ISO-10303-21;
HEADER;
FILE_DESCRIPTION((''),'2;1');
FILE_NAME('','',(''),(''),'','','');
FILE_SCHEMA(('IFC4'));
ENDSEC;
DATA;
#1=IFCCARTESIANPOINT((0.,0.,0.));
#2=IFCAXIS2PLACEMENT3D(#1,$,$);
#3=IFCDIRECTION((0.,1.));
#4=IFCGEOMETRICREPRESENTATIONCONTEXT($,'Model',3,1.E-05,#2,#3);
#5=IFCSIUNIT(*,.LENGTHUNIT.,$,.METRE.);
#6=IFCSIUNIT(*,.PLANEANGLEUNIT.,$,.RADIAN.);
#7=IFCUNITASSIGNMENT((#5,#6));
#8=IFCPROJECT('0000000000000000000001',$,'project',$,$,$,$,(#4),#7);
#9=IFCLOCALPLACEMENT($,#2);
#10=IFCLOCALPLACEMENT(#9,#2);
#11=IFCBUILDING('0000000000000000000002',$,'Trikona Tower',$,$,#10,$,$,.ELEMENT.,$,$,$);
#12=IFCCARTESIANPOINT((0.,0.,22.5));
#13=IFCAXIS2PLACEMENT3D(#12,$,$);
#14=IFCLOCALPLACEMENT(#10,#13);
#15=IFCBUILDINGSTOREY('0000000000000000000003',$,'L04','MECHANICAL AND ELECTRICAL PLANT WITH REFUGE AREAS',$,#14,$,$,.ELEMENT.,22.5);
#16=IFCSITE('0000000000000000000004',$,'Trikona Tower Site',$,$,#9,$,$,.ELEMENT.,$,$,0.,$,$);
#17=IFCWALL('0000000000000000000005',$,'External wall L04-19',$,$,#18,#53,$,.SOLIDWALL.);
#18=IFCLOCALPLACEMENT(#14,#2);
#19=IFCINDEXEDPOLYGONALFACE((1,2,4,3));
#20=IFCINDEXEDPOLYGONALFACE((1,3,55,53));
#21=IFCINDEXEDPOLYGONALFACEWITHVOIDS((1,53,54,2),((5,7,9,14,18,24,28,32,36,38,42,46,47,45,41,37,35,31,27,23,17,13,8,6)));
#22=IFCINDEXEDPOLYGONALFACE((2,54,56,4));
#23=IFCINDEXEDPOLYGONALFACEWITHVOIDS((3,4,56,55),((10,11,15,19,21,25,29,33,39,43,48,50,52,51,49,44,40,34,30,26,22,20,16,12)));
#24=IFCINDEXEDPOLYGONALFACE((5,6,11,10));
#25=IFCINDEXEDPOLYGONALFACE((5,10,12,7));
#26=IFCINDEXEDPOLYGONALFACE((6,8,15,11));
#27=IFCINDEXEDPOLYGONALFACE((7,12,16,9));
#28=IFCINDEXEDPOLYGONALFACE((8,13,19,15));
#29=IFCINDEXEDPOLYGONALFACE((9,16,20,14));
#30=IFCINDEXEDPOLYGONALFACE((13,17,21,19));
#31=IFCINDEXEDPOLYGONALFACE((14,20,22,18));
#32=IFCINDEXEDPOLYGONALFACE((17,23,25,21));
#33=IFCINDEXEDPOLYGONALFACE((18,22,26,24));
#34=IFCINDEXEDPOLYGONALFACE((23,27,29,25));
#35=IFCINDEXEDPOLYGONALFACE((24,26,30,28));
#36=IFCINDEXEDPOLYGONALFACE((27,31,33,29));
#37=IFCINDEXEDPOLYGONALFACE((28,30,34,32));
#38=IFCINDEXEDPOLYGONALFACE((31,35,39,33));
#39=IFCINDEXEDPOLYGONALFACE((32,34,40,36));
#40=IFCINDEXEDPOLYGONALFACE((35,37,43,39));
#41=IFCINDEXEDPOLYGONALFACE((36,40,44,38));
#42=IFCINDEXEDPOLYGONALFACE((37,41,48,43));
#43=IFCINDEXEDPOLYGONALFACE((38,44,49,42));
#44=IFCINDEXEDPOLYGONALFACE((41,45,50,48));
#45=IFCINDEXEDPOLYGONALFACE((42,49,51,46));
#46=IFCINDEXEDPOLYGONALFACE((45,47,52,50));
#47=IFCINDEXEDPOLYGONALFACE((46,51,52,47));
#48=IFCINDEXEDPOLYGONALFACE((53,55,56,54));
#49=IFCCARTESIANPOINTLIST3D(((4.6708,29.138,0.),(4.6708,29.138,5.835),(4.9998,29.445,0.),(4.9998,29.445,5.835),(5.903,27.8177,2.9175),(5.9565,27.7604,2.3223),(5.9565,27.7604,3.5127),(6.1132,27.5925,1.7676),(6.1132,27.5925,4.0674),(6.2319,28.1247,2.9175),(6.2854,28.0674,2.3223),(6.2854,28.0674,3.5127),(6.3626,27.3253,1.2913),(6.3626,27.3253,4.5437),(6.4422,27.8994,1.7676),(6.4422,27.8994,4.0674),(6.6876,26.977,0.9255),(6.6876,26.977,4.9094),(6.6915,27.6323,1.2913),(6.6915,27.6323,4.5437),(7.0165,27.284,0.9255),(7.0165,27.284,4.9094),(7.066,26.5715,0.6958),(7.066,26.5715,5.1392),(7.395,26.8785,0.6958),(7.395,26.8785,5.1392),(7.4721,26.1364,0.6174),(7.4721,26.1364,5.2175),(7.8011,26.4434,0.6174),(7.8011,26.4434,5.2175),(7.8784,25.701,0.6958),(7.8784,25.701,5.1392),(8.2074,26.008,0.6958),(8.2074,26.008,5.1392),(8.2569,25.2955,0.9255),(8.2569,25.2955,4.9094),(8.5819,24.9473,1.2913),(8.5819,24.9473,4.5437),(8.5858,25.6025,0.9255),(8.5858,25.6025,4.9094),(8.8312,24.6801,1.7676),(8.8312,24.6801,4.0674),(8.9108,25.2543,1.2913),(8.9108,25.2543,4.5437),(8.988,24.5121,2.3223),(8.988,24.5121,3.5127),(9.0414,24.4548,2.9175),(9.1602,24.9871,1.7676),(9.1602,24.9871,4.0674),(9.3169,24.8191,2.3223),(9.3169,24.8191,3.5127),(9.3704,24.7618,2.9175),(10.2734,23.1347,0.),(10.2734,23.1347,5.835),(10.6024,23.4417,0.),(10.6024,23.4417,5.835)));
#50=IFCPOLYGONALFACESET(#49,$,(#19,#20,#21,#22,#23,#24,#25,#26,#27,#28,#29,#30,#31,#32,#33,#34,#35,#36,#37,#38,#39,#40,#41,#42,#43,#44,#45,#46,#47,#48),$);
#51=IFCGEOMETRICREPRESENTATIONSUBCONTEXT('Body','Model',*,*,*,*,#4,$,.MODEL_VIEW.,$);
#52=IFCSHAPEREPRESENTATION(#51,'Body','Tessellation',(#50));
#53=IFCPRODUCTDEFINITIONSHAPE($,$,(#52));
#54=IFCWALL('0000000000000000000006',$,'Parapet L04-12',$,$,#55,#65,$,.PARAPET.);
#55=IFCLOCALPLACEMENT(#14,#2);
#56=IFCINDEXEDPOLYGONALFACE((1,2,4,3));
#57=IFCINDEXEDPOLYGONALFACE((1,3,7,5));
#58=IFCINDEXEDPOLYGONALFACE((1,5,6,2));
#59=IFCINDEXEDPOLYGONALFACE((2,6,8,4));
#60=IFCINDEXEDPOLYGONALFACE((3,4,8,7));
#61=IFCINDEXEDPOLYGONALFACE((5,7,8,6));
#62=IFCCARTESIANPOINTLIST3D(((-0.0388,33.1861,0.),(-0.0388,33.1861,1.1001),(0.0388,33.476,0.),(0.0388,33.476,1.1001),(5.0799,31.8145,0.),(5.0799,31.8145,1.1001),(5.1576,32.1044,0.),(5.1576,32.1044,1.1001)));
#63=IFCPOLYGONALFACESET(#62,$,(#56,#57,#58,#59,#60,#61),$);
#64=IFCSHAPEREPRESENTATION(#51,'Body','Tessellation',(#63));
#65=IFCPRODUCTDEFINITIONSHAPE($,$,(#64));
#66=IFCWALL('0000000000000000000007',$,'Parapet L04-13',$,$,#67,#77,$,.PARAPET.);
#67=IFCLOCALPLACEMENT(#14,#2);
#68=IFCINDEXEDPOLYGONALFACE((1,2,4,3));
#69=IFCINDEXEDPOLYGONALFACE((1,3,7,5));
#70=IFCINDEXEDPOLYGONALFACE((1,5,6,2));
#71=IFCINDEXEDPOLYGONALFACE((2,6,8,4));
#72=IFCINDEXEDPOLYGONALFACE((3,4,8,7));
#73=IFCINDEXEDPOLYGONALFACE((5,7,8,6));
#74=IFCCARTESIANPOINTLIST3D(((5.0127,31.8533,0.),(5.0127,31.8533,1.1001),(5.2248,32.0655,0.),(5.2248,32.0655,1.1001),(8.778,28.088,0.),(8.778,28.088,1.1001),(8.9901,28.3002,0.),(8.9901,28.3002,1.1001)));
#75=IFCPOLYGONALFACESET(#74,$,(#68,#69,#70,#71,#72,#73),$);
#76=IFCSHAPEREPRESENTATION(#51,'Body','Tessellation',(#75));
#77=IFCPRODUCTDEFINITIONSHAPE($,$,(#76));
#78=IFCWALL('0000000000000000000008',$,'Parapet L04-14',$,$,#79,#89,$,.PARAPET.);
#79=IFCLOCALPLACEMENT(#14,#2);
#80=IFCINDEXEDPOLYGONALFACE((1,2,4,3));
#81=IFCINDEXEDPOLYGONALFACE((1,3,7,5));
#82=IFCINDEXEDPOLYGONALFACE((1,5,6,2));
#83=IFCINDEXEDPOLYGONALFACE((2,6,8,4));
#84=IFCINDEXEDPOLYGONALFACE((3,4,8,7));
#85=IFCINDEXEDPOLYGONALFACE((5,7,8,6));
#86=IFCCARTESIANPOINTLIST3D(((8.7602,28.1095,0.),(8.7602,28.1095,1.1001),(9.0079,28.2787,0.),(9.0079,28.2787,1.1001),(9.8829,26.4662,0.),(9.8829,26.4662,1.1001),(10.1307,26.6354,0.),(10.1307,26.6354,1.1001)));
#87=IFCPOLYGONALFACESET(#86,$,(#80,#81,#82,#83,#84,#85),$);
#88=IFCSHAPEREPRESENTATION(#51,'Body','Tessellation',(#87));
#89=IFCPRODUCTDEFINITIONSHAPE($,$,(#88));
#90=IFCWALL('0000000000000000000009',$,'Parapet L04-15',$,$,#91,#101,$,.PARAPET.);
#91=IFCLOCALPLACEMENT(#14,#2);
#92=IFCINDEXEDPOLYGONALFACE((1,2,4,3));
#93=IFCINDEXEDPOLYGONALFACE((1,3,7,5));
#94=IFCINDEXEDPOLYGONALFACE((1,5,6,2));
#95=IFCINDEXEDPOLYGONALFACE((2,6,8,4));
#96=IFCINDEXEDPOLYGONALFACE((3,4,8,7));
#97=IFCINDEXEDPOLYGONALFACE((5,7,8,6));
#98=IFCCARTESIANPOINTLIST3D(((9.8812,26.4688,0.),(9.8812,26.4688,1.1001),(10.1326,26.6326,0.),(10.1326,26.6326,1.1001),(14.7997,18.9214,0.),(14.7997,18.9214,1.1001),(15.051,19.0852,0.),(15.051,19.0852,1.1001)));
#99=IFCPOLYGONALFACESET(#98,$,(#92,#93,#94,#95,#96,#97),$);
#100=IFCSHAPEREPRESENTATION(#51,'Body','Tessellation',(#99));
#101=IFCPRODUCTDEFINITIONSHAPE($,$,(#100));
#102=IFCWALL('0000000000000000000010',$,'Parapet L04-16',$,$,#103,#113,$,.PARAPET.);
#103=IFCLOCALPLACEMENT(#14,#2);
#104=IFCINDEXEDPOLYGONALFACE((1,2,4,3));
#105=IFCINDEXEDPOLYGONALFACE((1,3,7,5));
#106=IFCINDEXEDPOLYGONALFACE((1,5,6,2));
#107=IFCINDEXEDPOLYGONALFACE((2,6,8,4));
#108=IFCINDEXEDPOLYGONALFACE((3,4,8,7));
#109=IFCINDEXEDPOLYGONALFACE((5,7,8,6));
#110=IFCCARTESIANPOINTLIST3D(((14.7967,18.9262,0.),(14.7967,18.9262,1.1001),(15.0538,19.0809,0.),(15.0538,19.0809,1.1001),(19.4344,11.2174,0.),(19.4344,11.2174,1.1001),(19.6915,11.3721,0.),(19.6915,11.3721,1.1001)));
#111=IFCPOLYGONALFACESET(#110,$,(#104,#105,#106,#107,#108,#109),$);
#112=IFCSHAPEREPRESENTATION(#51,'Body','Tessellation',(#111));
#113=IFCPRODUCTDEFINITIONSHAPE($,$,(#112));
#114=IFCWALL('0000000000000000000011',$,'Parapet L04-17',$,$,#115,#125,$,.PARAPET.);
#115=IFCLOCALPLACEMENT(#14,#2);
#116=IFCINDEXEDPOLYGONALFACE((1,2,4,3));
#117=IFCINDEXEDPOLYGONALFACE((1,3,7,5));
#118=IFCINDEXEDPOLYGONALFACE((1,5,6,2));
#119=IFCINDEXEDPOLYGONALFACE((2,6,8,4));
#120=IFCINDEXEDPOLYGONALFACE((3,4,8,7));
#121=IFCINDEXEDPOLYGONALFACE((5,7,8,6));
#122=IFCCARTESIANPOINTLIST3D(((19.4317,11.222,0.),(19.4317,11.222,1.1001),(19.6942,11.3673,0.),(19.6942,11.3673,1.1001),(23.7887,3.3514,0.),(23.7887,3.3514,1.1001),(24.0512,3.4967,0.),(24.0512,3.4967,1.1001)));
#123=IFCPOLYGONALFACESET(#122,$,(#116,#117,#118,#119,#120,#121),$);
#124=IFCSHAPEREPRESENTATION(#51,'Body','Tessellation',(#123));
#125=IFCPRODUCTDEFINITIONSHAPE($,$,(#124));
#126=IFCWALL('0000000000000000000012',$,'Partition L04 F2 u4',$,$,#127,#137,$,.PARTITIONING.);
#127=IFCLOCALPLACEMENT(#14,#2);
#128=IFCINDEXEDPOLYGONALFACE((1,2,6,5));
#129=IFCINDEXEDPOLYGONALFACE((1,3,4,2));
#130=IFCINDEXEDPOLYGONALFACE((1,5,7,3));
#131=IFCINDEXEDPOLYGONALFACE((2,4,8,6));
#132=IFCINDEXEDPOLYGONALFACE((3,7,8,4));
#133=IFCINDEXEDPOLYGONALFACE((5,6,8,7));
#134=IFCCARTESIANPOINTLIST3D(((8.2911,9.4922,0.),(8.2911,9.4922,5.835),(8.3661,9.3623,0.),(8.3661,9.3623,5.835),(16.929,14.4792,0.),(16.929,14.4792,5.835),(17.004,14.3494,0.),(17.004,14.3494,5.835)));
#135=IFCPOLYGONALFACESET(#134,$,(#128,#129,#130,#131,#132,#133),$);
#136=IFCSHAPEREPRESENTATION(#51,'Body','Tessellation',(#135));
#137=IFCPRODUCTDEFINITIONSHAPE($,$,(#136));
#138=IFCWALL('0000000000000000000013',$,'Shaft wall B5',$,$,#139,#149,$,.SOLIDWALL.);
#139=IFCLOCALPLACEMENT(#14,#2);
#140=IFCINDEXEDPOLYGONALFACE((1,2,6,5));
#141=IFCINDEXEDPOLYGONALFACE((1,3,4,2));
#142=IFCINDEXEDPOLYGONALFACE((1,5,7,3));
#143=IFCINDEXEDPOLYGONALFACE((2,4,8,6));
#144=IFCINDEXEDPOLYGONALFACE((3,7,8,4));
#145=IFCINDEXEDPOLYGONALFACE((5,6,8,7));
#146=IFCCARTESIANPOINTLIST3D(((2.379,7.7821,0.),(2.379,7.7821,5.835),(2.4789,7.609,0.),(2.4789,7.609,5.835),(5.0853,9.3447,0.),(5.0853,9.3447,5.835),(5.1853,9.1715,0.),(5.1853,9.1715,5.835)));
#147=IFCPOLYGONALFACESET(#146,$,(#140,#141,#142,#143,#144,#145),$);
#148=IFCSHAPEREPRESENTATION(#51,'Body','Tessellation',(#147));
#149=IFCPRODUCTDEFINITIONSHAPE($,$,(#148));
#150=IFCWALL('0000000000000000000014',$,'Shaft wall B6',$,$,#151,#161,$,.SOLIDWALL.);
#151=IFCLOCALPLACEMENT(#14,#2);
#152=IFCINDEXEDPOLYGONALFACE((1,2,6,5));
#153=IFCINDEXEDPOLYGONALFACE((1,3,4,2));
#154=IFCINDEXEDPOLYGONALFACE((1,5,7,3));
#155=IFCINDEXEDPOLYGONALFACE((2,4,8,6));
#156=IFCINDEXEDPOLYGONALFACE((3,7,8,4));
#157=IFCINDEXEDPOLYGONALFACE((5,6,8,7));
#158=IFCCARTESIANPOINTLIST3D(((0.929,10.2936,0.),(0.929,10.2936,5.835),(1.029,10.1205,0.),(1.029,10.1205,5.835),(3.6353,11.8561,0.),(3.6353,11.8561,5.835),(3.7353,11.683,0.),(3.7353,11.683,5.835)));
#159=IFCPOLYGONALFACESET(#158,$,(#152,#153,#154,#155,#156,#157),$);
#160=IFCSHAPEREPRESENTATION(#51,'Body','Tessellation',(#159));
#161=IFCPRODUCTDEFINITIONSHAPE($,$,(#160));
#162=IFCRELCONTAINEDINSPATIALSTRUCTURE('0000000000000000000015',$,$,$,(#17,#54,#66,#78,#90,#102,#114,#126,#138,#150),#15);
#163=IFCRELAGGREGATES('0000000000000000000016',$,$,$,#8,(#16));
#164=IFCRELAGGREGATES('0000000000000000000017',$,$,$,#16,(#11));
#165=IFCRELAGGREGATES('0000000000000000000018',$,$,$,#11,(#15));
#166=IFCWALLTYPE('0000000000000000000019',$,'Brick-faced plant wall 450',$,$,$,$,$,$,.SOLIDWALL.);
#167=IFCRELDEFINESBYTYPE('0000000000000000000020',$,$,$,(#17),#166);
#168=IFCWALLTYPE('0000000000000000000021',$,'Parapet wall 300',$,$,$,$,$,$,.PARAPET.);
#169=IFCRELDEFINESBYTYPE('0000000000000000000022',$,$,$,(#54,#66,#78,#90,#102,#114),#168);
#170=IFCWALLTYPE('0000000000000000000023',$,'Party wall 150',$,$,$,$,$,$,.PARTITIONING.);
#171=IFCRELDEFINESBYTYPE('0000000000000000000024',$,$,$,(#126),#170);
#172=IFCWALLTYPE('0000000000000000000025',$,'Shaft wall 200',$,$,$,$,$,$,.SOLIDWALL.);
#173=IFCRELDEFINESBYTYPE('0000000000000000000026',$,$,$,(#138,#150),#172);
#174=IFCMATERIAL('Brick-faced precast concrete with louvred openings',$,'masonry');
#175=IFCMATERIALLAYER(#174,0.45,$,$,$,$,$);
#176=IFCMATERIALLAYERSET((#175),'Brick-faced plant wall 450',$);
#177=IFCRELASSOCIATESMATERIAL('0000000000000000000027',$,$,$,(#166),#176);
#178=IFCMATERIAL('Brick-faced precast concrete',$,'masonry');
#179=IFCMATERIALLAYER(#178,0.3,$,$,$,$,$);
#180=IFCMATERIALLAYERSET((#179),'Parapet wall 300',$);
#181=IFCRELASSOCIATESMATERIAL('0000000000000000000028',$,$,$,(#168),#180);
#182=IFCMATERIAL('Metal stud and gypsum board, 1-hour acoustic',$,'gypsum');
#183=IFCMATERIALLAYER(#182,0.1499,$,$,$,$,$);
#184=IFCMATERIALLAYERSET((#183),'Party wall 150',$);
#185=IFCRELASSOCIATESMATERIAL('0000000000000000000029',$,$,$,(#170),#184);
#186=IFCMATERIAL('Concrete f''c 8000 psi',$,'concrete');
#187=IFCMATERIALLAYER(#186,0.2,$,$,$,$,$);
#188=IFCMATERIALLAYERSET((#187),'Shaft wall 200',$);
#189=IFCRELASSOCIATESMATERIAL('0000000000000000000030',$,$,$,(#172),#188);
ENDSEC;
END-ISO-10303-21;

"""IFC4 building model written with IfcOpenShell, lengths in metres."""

from ifc_helpers import new_model, si_unit, direction, frame, frame_2d, origin, place, context, subcontext, project, spatial, polyline, rectangle, outline, extrude, material, layer, layer_set, type_object, element, save


model = new_model("IFC4")

# Units and contexts
model_context = context("Model", 3, precision=1e-05, world=origin(), true_north=direction((0.0, 1.0)))
body_context = subcontext(model_context, "Body", "Model", "MODEL_VIEW")
ifc_project = project(units=[si_unit("LENGTHUNIT", "METRE"), si_unit("PLANEANGLEUNIT", "RADIAN")], contexts=[model_context])

# Site, building, storey
site_placement = place(None, origin())
site = spatial("IfcSite", under=ifc_project, at=site_placement, Name="Trikona Tower Site", CompositionType="ELEMENT", RefElevation=0.0)
building_placement = place(site_placement, origin())
building = spatial("IfcBuilding", under=site, at=building_placement, Name="Trikona Tower", CompositionType="ELEMENT")
storey_placement = place(building_placement, frame((0.0, 0.0, 22.5)))
storey = spatial("IfcBuildingStorey", under=building, at=storey_placement, Name="L04", Description="MECHANICAL AND ELECTRICAL PLANT WITH REFUGE AREAS", CompositionType="ELEMENT", Elevation=22.5)

# Walls
ifc_material_1 = material(Name="Brick-faced precast concrete with louvred openings", Category="masonry")
ifc_layer_1 = layer(ifc_material_1, 0.45)
ifc_layer_set_1 = layer_set([ifc_layer_1], Name="Brick-faced plant wall 450")
wall_type_1 = type_object("IfcWallType", Name="Brick-faced plant wall 450", PredefinedType="SOLIDWALL", material=ifc_layer_set_1)
wall_1_placement = place(storey_placement, frame((10.438, 23.2883, 0.0), z_axis=(0.0, 0.0, 1.0), x_axis=(-0.682291, 0.731081, 0.0)))
element("IfcWall", 1, at=wall_1_placement, inside=storey, type_object=wall_type_1, Name="External wall L04-19", PredefinedType="SOLIDWALL", context=body_context, shape_type="SweptSolid", body=[
    extrude(outline(polyline([(0.0, 0.0), (8.2114, 0.0), (8.2114, 5.835), (0.0, 5.835), (0.0, 0.0)]), holes=[polyline([(6.4055, 2.9175), (6.3271, 3.5127), (6.0974, 4.0674), (5.7319, 4.5437), (5.2556, 4.9094), (4.7009, 5.1392), (4.1057, 5.2175), (3.5103, 5.1392), (2.9556, 4.9094), (2.4792, 4.5437), (2.1138, 4.0674), (1.884, 3.5127), (1.8057, 2.9175), (1.884, 2.3223), (2.1138, 1.7676), (2.4792, 1.2913), (2.9556, 0.9255), (3.5103, 0.6958), (4.1057, 0.6174), (4.7009, 0.6958), (5.2556, 0.9255), (5.7319, 1.2913), (6.0974, 1.7676), (6.3271, 2.3223), (6.4055, 2.9175)])]), frame((0.0, 0.2251, 0.0), z_axis=(0.0, -1.0, 0.0), x_axis=(1.0, 0.0, 0.0)), (0.0, 0.0, 1.0), 0.45),
])
ifc_material_2 = material(Name="Brick-faced precast concrete", Category="masonry")
ifc_layer_2 = layer(ifc_material_2, 0.3)
ifc_layer_set_2 = layer_set([ifc_layer_2], Name="Parapet wall 300")
wall_type_2 = type_object("IfcWallType", Name="Parapet wall 300", PredefinedType="PARAPET", material=ifc_layer_set_2)
wall_2_placement = place(storey_placement, frame((0.0, 33.3311, 0.0), z_axis=(0.0, 0.0, 1.0), x_axis=(0.965924, -0.258827, 0.0)))
element("IfcWall", 2, at=wall_2_placement, inside=storey, type_object=wall_type_2, Name="Parapet L04-12", PredefinedType="PARAPET", context=body_context, shape_type="SweptSolid", body=[
    extrude(rectangle(XDim=5.2993, YDim=0.3, at=frame_2d((2.6497, 0.0))), origin(), (0.0, 0.0, 1.0), 1.1001),
])
wall_3_placement = place(storey_placement, frame((5.1187, 31.9595, 0.0), z_axis=(0.0, 0.0, 1.0), x_axis=(0.707107, -0.707107, 0.0)))
element("IfcWall", 3, at=wall_3_placement, inside=storey, type_object=wall_type_2, Name="Parapet L04-13", PredefinedType="PARAPET", context=body_context, shape_type="SweptSolid", body=[
    extrude(rectangle(XDim=5.325, YDim=0.3, at=frame_2d((2.6626, 0.0))), origin(), (0.0, 0.0, 1.0), 1.1001),
])
wall_4_placement = place(storey_placement, frame((8.884, 28.1941, 0.0), z_axis=(0.0, 0.0, 1.0), x_axis=(0.564147, -0.825674, 0.0)))
element("IfcWall", 4, at=wall_4_placement, inside=storey, type_object=wall_type_2, Name="Parapet L04-14", PredefinedType="PARAPET", context=body_context, shape_type="SweptSolid", body=[
    extrude(rectangle(XDim=1.9902, YDim=0.3, at=frame_2d((0.9951, 0.0))), origin(), (0.0, 0.0, 1.0), 1.1001),
])
wall_5_placement = place(storey_placement, frame((10.0068, 26.5508, 0.0), z_axis=(0.0, 0.0, 1.0), x_axis=(0.545977, -0.8378, 0.0)))
element("IfcWall", 5, at=wall_5_placement, inside=storey, type_object=wall_type_2, Name="Parapet L04-15", PredefinedType="PARAPET", context=body_context, shape_type="SweptSolid", body=[
    extrude(rectangle(XDim=9.0085, YDim=0.3, at=frame_2d((4.5044, 0.0))), origin(), (0.0, 0.0, 1.0), 1.1001),
])
wall_6_placement = place(storey_placement, frame((14.9253, 19.0034, 0.0), z_axis=(0.0, 0.0, 1.0), x_axis=(0.515513, -0.856882, 0.0)))
element("IfcWall", 6, at=wall_6_placement, inside=storey, type_object=wall_type_2, Name="Parapet L04-16", PredefinedType="PARAPET", context=body_context, shape_type="SweptSolid", body=[
    extrude(rectangle(XDim=8.9963, YDim=0.3, at=frame_2d((4.498, 0.0))), origin(), (0.0, 0.0, 1.0), 1.1001),
])
wall_7_placement = place(storey_placement, frame((19.563, 11.2947, 0.0), z_axis=(0.0, 0.0, 1.0), x_axis=(0.484315, -0.874894, 0.0)))
element("IfcWall", 7, at=wall_7_placement, inside=storey, type_object=wall_type_2, Name="Parapet L04-17", PredefinedType="PARAPET", context=body_context, shape_type="SweptSolid", body=[
    extrude(rectangle(XDim=8.9961, YDim=0.3, at=frame_2d((4.498, 0.0))), origin(), (0.0, 0.0, 1.0), 1.1001),
])
ifc_material_3 = material(Name="Metal stud and gypsum board, 1-hour acoustic", Category="gypsum")
ifc_layer_3 = layer(ifc_material_3, 0.1499)
ifc_layer_set_3 = layer_set([ifc_layer_3], Name="Party wall 150")
wall_type_3 = type_object("IfcWallType", Name="Party wall 150", PredefinedType="PARTITIONING", material=ifc_layer_set_3)
wall_8_placement = place(storey_placement, frame((8.3286, 9.4272, 0.0), z_axis=(0.0, 0.0, 1.0), x_axis=(0.866028, 0.499996, 0.0)))
element("IfcWall", 8, at=wall_8_placement, inside=storey, type_object=wall_type_3, Name="Partition L04 F2 u4", PredefinedType="PARTITIONING", context=body_context, shape_type="SweptSolid", body=[
    extrude(rectangle(XDim=9.9741, YDim=0.1499, at=frame_2d((4.9871, 0.0))), origin(), (0.0, 0.0, 1.0), 5.835),
])
ifc_material_4 = material(Name="Concrete f'c 8000 psi", Category="concrete")
ifc_layer_4 = layer(ifc_material_4, 0.2)
ifc_layer_set_4 = layer_set([ifc_layer_4], Name="Shaft wall 200")
wall_type_4 = type_object("IfcWallType", Name="Shaft wall 200", PredefinedType="SOLIDWALL", material=ifc_layer_set_4)
for number, where, z_axis, x_axis, name in (
    (9, (2.429, 7.6956, 0.0), (0.0, 0.0, 1.0), (0.866023, 0.500004, 0.0), "Shaft wall B5"),
    (10, (0.979, 10.207, 0.0), (0.0, 0.0, 1.0), (0.866023, 0.500004, 0.0), "Shaft wall B6"),
):
    element("IfcWall", number, at=place(storey_placement, frame(where, z_axis=z_axis, x_axis=x_axis)), inside=storey, type_object=wall_type_4, Name=name, PredefinedType="SOLIDWALL", context=body_context, shape_type="SweptSolid", body=[
        extrude(rectangle(XDim=3.125, YDim=0.2, at=frame_2d((1.5625, 0.0))), origin(), (0.0, 0.0, 1.0), 5.835),
    ])

save(model, "model.ifc")
